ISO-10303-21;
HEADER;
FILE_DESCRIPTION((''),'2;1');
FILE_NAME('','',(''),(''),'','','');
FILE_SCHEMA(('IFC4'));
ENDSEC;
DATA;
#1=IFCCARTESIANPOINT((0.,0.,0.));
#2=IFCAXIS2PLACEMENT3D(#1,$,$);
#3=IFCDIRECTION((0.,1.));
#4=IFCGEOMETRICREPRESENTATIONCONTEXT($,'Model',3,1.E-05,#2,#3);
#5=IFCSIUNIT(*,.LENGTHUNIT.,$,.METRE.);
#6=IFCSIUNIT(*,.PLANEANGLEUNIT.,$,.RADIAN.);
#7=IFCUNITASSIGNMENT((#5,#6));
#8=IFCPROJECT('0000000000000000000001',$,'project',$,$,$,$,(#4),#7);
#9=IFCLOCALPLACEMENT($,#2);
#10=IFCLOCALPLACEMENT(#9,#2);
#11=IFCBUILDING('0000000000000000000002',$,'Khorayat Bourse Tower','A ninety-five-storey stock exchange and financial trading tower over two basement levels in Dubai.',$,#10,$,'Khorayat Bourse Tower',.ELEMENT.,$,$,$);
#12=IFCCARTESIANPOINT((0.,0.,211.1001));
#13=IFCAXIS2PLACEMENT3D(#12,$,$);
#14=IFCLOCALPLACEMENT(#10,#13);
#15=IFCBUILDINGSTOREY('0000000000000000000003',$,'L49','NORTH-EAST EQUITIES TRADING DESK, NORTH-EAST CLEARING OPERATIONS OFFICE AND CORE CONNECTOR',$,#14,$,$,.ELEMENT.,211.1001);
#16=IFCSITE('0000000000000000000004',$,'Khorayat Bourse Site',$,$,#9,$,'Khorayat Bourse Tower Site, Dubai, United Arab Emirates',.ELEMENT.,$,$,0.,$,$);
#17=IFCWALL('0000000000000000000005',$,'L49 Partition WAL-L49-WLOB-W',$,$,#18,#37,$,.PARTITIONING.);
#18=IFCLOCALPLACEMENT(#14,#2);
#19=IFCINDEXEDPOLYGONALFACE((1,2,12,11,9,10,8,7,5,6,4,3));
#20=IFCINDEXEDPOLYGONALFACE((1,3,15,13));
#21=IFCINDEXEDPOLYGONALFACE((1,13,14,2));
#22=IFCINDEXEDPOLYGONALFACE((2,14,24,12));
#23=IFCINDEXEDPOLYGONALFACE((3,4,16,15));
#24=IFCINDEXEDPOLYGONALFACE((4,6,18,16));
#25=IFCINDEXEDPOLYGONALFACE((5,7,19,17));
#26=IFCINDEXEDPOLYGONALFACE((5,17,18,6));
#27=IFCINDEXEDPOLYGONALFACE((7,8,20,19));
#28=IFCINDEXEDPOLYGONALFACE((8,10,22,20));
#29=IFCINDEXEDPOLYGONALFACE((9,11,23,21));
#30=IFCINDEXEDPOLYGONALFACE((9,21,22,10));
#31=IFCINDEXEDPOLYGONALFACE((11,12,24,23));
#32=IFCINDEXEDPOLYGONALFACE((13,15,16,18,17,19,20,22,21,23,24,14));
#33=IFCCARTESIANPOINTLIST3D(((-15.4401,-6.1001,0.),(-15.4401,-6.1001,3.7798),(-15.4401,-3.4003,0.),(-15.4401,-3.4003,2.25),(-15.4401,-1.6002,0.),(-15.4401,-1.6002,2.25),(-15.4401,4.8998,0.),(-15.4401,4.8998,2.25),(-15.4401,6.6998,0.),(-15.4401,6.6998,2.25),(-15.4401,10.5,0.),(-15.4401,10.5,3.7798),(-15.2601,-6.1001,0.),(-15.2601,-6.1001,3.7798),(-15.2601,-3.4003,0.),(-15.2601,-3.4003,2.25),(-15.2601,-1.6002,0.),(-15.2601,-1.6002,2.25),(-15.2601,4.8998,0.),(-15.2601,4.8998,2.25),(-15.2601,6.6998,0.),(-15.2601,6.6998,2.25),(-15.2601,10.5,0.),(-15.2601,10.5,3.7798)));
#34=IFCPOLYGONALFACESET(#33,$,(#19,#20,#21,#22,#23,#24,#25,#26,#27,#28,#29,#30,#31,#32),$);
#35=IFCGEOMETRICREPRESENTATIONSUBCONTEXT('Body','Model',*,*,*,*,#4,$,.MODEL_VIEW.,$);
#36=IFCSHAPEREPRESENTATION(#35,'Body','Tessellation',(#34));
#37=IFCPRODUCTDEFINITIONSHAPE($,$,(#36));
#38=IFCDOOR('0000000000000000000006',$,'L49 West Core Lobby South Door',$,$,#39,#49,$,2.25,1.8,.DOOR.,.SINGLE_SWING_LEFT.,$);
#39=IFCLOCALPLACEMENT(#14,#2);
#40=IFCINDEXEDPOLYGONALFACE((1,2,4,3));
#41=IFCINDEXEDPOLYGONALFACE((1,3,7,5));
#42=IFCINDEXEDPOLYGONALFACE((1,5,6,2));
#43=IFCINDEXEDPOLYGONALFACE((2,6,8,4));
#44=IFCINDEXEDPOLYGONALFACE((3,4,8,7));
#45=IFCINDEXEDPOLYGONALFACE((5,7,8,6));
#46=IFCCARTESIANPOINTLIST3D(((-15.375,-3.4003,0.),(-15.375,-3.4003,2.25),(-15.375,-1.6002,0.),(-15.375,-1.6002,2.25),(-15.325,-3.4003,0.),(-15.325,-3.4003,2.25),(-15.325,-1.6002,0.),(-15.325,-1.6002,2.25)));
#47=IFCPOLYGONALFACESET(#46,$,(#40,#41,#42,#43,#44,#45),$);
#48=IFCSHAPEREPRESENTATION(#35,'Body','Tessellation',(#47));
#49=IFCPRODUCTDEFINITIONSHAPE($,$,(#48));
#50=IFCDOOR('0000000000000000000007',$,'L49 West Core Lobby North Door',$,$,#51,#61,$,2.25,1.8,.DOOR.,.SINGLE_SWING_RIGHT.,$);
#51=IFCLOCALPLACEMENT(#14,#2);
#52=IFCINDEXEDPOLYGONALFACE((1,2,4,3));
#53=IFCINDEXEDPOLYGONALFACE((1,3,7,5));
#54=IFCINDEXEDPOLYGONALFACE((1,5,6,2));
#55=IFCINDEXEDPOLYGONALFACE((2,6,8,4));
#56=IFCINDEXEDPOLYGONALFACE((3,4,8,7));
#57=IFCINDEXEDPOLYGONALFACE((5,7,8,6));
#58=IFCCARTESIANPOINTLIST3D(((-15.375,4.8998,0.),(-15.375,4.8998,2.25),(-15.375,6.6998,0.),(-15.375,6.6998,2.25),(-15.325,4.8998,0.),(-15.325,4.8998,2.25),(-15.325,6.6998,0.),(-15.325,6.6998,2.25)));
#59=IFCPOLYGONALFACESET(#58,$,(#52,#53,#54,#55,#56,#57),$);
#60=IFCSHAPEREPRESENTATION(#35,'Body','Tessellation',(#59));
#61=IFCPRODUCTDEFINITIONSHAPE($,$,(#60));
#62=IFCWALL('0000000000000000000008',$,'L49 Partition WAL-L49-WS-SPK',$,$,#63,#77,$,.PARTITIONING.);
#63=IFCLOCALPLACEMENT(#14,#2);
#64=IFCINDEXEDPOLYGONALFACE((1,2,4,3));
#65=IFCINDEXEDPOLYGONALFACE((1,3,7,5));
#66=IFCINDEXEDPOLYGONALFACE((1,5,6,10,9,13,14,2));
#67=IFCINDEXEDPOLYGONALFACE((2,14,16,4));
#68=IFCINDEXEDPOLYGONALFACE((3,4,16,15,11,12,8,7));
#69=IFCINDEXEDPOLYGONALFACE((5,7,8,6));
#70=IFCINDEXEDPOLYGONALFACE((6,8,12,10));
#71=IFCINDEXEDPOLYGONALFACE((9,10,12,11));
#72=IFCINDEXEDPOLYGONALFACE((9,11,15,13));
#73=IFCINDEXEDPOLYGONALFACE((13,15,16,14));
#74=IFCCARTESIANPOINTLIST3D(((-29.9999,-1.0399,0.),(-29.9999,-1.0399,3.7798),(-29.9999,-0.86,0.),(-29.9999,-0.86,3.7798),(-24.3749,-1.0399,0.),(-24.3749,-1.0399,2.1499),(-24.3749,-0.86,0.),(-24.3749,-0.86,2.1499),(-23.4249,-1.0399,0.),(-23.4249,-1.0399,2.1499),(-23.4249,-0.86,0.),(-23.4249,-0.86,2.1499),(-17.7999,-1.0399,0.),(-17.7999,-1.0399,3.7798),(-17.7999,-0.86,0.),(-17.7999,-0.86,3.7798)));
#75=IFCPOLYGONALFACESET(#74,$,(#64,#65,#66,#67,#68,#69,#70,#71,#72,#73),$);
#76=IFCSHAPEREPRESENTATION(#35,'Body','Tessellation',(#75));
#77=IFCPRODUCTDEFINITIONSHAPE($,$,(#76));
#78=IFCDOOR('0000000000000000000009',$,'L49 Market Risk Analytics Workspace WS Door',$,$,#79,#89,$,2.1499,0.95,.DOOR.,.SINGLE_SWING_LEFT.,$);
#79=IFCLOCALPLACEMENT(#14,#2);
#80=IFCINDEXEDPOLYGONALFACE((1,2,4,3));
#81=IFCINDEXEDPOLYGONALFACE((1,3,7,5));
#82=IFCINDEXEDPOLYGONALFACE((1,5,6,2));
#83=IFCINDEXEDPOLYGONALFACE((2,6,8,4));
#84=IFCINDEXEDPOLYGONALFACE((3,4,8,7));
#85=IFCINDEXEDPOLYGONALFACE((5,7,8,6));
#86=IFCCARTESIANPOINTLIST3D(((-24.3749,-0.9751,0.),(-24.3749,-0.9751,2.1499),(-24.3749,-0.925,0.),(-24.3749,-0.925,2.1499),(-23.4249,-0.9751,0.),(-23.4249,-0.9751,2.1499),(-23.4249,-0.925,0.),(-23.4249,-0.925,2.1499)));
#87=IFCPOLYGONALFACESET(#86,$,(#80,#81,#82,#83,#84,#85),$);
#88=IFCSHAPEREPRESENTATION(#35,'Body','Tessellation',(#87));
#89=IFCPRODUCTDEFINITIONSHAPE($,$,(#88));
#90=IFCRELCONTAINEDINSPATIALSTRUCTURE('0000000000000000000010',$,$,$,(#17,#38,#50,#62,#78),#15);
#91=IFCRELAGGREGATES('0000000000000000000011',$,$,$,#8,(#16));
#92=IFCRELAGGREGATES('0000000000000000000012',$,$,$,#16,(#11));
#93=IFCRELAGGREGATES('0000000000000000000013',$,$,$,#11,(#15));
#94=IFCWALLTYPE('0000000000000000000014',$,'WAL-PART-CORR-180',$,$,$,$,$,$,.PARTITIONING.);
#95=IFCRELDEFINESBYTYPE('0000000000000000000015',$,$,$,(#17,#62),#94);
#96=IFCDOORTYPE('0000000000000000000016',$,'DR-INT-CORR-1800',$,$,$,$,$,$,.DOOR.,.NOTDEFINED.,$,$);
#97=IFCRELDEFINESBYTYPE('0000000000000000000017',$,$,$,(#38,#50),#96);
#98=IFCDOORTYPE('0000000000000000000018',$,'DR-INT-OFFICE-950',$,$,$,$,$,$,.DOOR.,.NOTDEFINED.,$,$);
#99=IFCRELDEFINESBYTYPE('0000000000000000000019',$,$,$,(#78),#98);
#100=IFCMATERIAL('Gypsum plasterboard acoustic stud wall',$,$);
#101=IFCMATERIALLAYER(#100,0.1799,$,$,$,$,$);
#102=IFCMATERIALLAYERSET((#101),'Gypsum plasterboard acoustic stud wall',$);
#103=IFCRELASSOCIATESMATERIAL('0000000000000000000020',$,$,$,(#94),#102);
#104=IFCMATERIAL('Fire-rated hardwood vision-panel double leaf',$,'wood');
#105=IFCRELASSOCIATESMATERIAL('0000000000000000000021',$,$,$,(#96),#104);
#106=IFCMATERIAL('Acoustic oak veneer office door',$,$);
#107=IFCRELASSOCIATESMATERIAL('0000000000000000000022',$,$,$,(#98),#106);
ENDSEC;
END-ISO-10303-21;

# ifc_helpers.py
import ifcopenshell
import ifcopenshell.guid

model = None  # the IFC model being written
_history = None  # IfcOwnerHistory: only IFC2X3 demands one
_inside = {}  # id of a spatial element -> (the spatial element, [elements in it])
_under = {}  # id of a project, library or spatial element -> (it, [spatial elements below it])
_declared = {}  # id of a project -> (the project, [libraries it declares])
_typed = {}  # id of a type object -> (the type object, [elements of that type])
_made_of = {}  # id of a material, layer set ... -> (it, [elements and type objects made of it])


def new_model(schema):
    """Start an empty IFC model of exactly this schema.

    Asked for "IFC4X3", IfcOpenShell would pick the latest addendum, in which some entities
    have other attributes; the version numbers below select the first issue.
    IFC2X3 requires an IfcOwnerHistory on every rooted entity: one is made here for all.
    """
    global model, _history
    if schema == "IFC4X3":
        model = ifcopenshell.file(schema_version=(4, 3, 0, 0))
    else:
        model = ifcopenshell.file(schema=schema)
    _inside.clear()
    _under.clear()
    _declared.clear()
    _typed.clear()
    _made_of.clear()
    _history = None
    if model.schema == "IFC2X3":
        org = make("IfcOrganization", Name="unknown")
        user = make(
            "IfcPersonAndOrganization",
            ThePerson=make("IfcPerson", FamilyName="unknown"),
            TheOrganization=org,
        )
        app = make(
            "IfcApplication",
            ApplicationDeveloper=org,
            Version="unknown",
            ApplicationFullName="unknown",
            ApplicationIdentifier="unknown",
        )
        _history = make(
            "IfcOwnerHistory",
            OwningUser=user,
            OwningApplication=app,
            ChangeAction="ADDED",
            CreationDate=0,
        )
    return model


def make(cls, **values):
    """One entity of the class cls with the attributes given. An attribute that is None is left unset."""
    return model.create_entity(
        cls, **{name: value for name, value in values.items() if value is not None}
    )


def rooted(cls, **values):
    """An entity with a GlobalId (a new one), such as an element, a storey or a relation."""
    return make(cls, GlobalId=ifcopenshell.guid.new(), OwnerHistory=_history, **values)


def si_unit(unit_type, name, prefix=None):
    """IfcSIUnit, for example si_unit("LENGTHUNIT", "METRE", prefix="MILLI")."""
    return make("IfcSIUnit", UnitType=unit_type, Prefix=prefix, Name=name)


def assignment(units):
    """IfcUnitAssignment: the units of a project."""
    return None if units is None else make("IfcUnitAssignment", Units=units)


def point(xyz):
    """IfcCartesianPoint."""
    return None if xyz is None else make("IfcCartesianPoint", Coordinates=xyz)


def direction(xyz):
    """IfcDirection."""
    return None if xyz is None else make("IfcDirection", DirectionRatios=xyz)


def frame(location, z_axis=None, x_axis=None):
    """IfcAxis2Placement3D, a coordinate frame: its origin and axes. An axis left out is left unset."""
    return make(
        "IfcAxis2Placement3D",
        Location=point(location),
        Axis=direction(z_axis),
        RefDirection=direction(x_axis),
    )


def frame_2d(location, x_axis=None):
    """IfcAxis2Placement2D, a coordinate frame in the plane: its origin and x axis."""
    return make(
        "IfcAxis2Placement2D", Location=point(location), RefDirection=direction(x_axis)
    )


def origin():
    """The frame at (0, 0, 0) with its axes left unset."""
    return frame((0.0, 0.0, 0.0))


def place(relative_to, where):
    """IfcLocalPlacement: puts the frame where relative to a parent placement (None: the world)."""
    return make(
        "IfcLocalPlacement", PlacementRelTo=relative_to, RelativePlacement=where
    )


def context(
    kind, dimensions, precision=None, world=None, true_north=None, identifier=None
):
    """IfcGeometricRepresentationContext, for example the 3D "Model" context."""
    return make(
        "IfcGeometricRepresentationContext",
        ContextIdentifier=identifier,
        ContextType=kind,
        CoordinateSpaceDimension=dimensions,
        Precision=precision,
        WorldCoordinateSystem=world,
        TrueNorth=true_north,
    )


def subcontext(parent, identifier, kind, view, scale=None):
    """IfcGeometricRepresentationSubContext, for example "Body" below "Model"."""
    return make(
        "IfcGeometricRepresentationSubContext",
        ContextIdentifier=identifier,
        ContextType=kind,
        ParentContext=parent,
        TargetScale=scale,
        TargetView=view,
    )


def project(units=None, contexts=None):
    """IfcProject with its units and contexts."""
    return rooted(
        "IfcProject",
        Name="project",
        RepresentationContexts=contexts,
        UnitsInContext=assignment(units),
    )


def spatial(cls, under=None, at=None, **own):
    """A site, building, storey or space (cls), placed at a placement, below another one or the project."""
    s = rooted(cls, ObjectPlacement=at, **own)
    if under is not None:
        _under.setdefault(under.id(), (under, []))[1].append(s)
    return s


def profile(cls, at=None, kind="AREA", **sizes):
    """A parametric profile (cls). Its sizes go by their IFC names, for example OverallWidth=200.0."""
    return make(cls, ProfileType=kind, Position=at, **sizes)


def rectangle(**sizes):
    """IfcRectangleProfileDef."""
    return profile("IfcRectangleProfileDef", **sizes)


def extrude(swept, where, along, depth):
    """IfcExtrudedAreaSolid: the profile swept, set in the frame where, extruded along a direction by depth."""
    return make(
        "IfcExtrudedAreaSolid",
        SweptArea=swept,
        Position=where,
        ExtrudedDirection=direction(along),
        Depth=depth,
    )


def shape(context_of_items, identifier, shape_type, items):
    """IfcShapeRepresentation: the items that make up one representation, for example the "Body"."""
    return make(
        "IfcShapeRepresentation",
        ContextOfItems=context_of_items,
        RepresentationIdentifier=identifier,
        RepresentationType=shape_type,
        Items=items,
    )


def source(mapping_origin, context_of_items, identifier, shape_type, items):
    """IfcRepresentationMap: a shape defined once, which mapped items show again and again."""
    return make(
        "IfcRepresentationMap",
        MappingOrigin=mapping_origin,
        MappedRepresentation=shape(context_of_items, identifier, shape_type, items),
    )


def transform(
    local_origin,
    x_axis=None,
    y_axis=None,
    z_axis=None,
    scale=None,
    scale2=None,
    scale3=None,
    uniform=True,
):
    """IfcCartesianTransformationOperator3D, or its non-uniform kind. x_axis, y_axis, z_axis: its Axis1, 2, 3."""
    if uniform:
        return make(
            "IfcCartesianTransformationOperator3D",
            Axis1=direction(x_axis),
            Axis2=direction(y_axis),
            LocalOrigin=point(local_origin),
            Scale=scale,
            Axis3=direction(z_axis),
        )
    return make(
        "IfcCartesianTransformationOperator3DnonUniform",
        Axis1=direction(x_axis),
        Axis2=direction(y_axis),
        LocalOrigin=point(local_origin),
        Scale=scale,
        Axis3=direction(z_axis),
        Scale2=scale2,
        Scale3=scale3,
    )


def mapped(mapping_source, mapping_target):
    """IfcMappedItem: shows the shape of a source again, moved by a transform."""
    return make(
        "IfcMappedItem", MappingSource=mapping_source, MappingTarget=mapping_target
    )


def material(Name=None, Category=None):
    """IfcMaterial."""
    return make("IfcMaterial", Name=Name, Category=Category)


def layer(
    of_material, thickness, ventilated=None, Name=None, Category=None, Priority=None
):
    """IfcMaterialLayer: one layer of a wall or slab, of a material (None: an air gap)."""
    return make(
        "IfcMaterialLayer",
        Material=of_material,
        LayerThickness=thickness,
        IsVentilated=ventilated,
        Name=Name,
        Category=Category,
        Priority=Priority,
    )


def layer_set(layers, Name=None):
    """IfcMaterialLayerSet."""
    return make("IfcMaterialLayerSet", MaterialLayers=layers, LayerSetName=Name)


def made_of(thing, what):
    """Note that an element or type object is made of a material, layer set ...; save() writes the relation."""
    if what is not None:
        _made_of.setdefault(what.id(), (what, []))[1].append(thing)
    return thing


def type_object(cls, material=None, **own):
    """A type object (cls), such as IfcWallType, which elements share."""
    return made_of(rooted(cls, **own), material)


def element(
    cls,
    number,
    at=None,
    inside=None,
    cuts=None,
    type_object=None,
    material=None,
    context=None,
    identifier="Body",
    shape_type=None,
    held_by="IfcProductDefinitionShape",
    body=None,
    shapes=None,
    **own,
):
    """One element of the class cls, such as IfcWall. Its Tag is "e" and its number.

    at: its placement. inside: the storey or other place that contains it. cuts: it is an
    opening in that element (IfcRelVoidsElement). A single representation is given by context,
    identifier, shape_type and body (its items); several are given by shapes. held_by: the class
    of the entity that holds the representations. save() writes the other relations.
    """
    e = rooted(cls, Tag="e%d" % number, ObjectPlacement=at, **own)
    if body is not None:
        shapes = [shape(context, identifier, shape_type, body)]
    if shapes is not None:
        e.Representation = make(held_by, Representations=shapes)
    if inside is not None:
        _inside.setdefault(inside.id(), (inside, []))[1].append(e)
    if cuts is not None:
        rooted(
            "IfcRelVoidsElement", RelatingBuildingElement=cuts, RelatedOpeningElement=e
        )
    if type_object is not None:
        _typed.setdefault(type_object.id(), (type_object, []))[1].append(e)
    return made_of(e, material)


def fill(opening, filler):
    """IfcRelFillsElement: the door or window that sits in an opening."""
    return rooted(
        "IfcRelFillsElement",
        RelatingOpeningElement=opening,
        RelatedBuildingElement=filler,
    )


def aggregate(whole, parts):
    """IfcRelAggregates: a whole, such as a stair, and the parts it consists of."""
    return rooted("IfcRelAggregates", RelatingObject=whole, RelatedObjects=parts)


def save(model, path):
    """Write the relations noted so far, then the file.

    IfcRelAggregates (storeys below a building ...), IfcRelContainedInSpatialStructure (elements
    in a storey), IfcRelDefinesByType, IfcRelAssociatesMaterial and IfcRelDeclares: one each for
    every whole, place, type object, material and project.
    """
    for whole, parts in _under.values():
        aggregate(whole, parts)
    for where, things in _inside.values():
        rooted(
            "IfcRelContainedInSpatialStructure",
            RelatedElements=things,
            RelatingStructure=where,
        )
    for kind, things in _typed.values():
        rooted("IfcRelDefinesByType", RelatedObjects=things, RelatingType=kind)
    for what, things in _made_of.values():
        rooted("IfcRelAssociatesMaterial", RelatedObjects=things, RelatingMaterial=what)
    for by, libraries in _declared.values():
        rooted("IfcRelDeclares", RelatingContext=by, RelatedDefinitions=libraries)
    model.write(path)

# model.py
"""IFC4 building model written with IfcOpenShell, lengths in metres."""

from ifc_helpers import new_model, si_unit, direction, frame, frame_2d, origin, place, context, subcontext, project, spatial, rectangle, extrude, source, transform, mapped, material, layer, layer_set, type_object, element, fill, save


model = new_model("IFC4")

# Units and contexts
model_context = context("Model", 3, precision=1e-05, world=origin(), true_north=direction((0.0, 1.0)))
body_context = subcontext(model_context, "Body", "Model", "MODEL_VIEW")
ifc_project = project(units=[si_unit("LENGTHUNIT", "METRE"), si_unit("PLANEANGLEUNIT", "RADIAN")], contexts=[model_context])

# Site, building, storey
site_placement = place(None, origin())
site = spatial("IfcSite", under=ifc_project, at=site_placement, Name="Khorayat Bourse Site", LongName="Khorayat Bourse Tower Site, Dubai, United Arab Emirates", CompositionType="ELEMENT", RefElevation=0.0)
building_placement = place(site_placement, origin())
building = spatial("IfcBuilding", under=site, at=building_placement, Name="Khorayat Bourse Tower", Description="A ninety-five-storey stock exchange and financial trading tower over two basement levels in Dubai.", LongName="Khorayat Bourse Tower", CompositionType="ELEMENT")
storey_placement = place(building_placement, frame((0.0, 0.0, 211.1001)))
storey = spatial("IfcBuildingStorey", under=building, at=storey_placement, Name="L49", Description="NORTH-EAST EQUITIES TRADING DESK, NORTH-EAST CLEARING OPERATIONS OFFICE AND CORE CONNECTOR", CompositionType="ELEMENT", Elevation=211.1001)

# Wall, openings, doors
ifc_material_1 = material(Name="Gypsum plasterboard acoustic stud wall")
ifc_layer_1 = layer(ifc_material_1, 0.1799)
ifc_layer_set_1 = layer_set([ifc_layer_1], Name="Gypsum plasterboard acoustic stud wall")
wall_type_1 = type_object("IfcWallType", Name="WAL-PART-CORR-180", PredefinedType="PARTITIONING", material=ifc_layer_set_1)
shared_shape_1 = source(origin(), body_context, "Body", "SweptSolid", [
    extrude(rectangle(XDim=16.6001, YDim=0.1799, at=frame_2d((8.3, 0.0))), origin(), (0.0, 0.0, 1.0), 3.7798),
])
wall_1_placement = place(storey_placement, frame((-15.3501, -6.1001, 0.0), z_axis=(0.0, 0.0, 1.0), x_axis=(0.0, 1.0, 0.0)))
wall_1 = element("IfcWall", 1, at=wall_1_placement, inside=storey, type_object=wall_type_1, Name="L49 Partition WAL-L49-WLOB-W", PredefinedType="PARTITIONING", context=body_context, shape_type="MappedRepresentation", body=[
    mapped(shared_shape_1, transform((0.0, 0.0, 0.0), scale=1.0)),
])
shared_shape_2 = source(origin(), body_context, "Body", "SweptSolid", [
    extrude(rectangle(XDim=1.8, YDim=2.25, at=frame_2d((0.8999, 1.125))), frame((0.0, 0.0999, 0.0), z_axis=(0.0, -1.0, 0.0), x_axis=(1.0, 0.0, 0.0)), (0.0, 0.0, 1.0), 0.2),
])
opening_1_placement = place(wall_1_placement, frame((2.7, 0.0, 0.0)))
opening_1 = element("IfcOpeningElement", 2, at=opening_1_placement, cuts=wall_1, PredefinedType="OPENING", context=body_context, shape_type="MappedRepresentation", body=[
    mapped(shared_shape_2, transform((0.0, 0.0, 0.0), scale=1.0)),
])
opening_2_placement = place(wall_1_placement, frame((11.0, 0.0, 0.0)))
opening_2 = element("IfcOpeningElement", 3, at=opening_2_placement, cuts=wall_1, PredefinedType="OPENING", context=body_context, shape_type="MappedRepresentation", body=[
    mapped(shared_shape_2, transform((0.0, 0.0, 0.0), scale=1.0)),
])
ifc_material_2 = material(Name="Fire-rated hardwood vision-panel double leaf", Category="wood")
door_type_1 = type_object("IfcDoorType", Name="DR-INT-CORR-1800", OperationType="NOTDEFINED", PredefinedType="DOOR", material=ifc_material_2)
shared_shape_3 = source(origin(), body_context, "Body", "SweptSolid", [
    extrude(rectangle(XDim=1.8, YDim=2.25, at=frame_2d((0.8999, 1.125))), frame((0.0, 0.0249, 0.0), z_axis=(0.0, -1.0, 0.0), x_axis=(1.0, 0.0, 0.0)), (0.0, 0.0, 1.0), 0.05),
])
door_1_placement = place(opening_1_placement, origin())
door_1 = element("IfcDoor", 4, at=door_1_placement, inside=storey, type_object=door_type_1, Name="L49 West Core Lobby South Door", OperationType="SINGLE_SWING_LEFT", OverallHeight=2.25, OverallWidth=1.8, PredefinedType="DOOR", context=body_context, shape_type="MappedRepresentation", body=[
    mapped(shared_shape_3, transform((0.0, 0.0, 0.0), scale=1.0)),
])
fill(opening_1, door_1)
door_2_placement = place(opening_2_placement, origin())
door_2 = element("IfcDoor", 5, at=door_2_placement, inside=storey, type_object=door_type_1, Name="L49 West Core Lobby North Door", OperationType="SINGLE_SWING_RIGHT", OverallHeight=2.25, OverallWidth=1.8, PredefinedType="DOOR", context=body_context, shape_type="MappedRepresentation", body=[
    mapped(shared_shape_3, transform((0.0, 0.0, 0.0), scale=1.0)),
])
fill(opening_2, door_2)

# Wall, opening, door
shared_shape_4 = source(origin(), body_context, "Body", "SweptSolid", [
    extrude(rectangle(XDim=12.2, YDim=0.1799, at=frame_2d((6.1001, 0.0))), origin(), (0.0, 0.0, 1.0), 3.7798),
])
wall_2_placement = place(storey_placement, frame((-30.0, -0.95, 0.0), z_axis=(0.0, 0.0, 1.0), x_axis=(1.0, 0.0, 0.0)))
wall_2 = element("IfcWall", 6, at=wall_2_placement, inside=storey, type_object=wall_type_1, Name="L49 Partition WAL-L49-WS-SPK", PredefinedType="PARTITIONING", context=body_context, shape_type="MappedRepresentation", body=[
    mapped(shared_shape_4, transform((0.0, 0.0, 0.0), scale=1.0)),
])
shared_shape_5 = source(origin(), body_context, "Body", "SweptSolid", [
    extrude(rectangle(XDim=0.95, YDim=2.1499, at=frame_2d((0.4751, 1.075))), frame((0.0, 0.0999, 0.0), z_axis=(0.0, -1.0, 0.0), x_axis=(1.0, 0.0, 0.0)), (0.0, 0.0, 1.0), 0.2),
])
opening_3_placement = place(wall_2_placement, frame((5.625, 0.0, 0.0)))
opening_3 = element("IfcOpeningElement", 7, at=opening_3_placement, cuts=wall_2, PredefinedType="OPENING", context=body_context, shape_type="MappedRepresentation", body=[
    mapped(shared_shape_5, transform((0.0, 0.0, 0.0), scale=1.0)),
])
ifc_material_3 = material(Name="Acoustic oak veneer office door")
door_type_2 = type_object("IfcDoorType", Name="DR-INT-OFFICE-950", OperationType="NOTDEFINED", PredefinedType="DOOR", material=ifc_material_3)
shared_shape_6 = source(origin(), body_context, "Body", "SweptSolid", [
    extrude(rectangle(XDim=0.95, YDim=2.1499, at=frame_2d((0.4751, 1.075))), frame((0.0, 0.0249, 0.0), z_axis=(0.0, -1.0, 0.0), x_axis=(1.0, 0.0, 0.0)), (0.0, 0.0, 1.0), 0.05),
])
door_3_placement = place(opening_3_placement, origin())
door_3 = element("IfcDoor", 8, at=door_3_placement, inside=storey, type_object=door_type_2, Name="L49 Market Risk Analytics Workspace WS Door", OperationType="SINGLE_SWING_LEFT", OverallHeight=2.1499, OverallWidth=0.95, PredefinedType="DOOR", context=body_context, shape_type="MappedRepresentation", body=[
    mapped(shared_shape_6, transform((0.0, 0.0, 0.0), scale=1.0)),
])
fill(opening_3, door_3)

save(model, "model.ifc")
